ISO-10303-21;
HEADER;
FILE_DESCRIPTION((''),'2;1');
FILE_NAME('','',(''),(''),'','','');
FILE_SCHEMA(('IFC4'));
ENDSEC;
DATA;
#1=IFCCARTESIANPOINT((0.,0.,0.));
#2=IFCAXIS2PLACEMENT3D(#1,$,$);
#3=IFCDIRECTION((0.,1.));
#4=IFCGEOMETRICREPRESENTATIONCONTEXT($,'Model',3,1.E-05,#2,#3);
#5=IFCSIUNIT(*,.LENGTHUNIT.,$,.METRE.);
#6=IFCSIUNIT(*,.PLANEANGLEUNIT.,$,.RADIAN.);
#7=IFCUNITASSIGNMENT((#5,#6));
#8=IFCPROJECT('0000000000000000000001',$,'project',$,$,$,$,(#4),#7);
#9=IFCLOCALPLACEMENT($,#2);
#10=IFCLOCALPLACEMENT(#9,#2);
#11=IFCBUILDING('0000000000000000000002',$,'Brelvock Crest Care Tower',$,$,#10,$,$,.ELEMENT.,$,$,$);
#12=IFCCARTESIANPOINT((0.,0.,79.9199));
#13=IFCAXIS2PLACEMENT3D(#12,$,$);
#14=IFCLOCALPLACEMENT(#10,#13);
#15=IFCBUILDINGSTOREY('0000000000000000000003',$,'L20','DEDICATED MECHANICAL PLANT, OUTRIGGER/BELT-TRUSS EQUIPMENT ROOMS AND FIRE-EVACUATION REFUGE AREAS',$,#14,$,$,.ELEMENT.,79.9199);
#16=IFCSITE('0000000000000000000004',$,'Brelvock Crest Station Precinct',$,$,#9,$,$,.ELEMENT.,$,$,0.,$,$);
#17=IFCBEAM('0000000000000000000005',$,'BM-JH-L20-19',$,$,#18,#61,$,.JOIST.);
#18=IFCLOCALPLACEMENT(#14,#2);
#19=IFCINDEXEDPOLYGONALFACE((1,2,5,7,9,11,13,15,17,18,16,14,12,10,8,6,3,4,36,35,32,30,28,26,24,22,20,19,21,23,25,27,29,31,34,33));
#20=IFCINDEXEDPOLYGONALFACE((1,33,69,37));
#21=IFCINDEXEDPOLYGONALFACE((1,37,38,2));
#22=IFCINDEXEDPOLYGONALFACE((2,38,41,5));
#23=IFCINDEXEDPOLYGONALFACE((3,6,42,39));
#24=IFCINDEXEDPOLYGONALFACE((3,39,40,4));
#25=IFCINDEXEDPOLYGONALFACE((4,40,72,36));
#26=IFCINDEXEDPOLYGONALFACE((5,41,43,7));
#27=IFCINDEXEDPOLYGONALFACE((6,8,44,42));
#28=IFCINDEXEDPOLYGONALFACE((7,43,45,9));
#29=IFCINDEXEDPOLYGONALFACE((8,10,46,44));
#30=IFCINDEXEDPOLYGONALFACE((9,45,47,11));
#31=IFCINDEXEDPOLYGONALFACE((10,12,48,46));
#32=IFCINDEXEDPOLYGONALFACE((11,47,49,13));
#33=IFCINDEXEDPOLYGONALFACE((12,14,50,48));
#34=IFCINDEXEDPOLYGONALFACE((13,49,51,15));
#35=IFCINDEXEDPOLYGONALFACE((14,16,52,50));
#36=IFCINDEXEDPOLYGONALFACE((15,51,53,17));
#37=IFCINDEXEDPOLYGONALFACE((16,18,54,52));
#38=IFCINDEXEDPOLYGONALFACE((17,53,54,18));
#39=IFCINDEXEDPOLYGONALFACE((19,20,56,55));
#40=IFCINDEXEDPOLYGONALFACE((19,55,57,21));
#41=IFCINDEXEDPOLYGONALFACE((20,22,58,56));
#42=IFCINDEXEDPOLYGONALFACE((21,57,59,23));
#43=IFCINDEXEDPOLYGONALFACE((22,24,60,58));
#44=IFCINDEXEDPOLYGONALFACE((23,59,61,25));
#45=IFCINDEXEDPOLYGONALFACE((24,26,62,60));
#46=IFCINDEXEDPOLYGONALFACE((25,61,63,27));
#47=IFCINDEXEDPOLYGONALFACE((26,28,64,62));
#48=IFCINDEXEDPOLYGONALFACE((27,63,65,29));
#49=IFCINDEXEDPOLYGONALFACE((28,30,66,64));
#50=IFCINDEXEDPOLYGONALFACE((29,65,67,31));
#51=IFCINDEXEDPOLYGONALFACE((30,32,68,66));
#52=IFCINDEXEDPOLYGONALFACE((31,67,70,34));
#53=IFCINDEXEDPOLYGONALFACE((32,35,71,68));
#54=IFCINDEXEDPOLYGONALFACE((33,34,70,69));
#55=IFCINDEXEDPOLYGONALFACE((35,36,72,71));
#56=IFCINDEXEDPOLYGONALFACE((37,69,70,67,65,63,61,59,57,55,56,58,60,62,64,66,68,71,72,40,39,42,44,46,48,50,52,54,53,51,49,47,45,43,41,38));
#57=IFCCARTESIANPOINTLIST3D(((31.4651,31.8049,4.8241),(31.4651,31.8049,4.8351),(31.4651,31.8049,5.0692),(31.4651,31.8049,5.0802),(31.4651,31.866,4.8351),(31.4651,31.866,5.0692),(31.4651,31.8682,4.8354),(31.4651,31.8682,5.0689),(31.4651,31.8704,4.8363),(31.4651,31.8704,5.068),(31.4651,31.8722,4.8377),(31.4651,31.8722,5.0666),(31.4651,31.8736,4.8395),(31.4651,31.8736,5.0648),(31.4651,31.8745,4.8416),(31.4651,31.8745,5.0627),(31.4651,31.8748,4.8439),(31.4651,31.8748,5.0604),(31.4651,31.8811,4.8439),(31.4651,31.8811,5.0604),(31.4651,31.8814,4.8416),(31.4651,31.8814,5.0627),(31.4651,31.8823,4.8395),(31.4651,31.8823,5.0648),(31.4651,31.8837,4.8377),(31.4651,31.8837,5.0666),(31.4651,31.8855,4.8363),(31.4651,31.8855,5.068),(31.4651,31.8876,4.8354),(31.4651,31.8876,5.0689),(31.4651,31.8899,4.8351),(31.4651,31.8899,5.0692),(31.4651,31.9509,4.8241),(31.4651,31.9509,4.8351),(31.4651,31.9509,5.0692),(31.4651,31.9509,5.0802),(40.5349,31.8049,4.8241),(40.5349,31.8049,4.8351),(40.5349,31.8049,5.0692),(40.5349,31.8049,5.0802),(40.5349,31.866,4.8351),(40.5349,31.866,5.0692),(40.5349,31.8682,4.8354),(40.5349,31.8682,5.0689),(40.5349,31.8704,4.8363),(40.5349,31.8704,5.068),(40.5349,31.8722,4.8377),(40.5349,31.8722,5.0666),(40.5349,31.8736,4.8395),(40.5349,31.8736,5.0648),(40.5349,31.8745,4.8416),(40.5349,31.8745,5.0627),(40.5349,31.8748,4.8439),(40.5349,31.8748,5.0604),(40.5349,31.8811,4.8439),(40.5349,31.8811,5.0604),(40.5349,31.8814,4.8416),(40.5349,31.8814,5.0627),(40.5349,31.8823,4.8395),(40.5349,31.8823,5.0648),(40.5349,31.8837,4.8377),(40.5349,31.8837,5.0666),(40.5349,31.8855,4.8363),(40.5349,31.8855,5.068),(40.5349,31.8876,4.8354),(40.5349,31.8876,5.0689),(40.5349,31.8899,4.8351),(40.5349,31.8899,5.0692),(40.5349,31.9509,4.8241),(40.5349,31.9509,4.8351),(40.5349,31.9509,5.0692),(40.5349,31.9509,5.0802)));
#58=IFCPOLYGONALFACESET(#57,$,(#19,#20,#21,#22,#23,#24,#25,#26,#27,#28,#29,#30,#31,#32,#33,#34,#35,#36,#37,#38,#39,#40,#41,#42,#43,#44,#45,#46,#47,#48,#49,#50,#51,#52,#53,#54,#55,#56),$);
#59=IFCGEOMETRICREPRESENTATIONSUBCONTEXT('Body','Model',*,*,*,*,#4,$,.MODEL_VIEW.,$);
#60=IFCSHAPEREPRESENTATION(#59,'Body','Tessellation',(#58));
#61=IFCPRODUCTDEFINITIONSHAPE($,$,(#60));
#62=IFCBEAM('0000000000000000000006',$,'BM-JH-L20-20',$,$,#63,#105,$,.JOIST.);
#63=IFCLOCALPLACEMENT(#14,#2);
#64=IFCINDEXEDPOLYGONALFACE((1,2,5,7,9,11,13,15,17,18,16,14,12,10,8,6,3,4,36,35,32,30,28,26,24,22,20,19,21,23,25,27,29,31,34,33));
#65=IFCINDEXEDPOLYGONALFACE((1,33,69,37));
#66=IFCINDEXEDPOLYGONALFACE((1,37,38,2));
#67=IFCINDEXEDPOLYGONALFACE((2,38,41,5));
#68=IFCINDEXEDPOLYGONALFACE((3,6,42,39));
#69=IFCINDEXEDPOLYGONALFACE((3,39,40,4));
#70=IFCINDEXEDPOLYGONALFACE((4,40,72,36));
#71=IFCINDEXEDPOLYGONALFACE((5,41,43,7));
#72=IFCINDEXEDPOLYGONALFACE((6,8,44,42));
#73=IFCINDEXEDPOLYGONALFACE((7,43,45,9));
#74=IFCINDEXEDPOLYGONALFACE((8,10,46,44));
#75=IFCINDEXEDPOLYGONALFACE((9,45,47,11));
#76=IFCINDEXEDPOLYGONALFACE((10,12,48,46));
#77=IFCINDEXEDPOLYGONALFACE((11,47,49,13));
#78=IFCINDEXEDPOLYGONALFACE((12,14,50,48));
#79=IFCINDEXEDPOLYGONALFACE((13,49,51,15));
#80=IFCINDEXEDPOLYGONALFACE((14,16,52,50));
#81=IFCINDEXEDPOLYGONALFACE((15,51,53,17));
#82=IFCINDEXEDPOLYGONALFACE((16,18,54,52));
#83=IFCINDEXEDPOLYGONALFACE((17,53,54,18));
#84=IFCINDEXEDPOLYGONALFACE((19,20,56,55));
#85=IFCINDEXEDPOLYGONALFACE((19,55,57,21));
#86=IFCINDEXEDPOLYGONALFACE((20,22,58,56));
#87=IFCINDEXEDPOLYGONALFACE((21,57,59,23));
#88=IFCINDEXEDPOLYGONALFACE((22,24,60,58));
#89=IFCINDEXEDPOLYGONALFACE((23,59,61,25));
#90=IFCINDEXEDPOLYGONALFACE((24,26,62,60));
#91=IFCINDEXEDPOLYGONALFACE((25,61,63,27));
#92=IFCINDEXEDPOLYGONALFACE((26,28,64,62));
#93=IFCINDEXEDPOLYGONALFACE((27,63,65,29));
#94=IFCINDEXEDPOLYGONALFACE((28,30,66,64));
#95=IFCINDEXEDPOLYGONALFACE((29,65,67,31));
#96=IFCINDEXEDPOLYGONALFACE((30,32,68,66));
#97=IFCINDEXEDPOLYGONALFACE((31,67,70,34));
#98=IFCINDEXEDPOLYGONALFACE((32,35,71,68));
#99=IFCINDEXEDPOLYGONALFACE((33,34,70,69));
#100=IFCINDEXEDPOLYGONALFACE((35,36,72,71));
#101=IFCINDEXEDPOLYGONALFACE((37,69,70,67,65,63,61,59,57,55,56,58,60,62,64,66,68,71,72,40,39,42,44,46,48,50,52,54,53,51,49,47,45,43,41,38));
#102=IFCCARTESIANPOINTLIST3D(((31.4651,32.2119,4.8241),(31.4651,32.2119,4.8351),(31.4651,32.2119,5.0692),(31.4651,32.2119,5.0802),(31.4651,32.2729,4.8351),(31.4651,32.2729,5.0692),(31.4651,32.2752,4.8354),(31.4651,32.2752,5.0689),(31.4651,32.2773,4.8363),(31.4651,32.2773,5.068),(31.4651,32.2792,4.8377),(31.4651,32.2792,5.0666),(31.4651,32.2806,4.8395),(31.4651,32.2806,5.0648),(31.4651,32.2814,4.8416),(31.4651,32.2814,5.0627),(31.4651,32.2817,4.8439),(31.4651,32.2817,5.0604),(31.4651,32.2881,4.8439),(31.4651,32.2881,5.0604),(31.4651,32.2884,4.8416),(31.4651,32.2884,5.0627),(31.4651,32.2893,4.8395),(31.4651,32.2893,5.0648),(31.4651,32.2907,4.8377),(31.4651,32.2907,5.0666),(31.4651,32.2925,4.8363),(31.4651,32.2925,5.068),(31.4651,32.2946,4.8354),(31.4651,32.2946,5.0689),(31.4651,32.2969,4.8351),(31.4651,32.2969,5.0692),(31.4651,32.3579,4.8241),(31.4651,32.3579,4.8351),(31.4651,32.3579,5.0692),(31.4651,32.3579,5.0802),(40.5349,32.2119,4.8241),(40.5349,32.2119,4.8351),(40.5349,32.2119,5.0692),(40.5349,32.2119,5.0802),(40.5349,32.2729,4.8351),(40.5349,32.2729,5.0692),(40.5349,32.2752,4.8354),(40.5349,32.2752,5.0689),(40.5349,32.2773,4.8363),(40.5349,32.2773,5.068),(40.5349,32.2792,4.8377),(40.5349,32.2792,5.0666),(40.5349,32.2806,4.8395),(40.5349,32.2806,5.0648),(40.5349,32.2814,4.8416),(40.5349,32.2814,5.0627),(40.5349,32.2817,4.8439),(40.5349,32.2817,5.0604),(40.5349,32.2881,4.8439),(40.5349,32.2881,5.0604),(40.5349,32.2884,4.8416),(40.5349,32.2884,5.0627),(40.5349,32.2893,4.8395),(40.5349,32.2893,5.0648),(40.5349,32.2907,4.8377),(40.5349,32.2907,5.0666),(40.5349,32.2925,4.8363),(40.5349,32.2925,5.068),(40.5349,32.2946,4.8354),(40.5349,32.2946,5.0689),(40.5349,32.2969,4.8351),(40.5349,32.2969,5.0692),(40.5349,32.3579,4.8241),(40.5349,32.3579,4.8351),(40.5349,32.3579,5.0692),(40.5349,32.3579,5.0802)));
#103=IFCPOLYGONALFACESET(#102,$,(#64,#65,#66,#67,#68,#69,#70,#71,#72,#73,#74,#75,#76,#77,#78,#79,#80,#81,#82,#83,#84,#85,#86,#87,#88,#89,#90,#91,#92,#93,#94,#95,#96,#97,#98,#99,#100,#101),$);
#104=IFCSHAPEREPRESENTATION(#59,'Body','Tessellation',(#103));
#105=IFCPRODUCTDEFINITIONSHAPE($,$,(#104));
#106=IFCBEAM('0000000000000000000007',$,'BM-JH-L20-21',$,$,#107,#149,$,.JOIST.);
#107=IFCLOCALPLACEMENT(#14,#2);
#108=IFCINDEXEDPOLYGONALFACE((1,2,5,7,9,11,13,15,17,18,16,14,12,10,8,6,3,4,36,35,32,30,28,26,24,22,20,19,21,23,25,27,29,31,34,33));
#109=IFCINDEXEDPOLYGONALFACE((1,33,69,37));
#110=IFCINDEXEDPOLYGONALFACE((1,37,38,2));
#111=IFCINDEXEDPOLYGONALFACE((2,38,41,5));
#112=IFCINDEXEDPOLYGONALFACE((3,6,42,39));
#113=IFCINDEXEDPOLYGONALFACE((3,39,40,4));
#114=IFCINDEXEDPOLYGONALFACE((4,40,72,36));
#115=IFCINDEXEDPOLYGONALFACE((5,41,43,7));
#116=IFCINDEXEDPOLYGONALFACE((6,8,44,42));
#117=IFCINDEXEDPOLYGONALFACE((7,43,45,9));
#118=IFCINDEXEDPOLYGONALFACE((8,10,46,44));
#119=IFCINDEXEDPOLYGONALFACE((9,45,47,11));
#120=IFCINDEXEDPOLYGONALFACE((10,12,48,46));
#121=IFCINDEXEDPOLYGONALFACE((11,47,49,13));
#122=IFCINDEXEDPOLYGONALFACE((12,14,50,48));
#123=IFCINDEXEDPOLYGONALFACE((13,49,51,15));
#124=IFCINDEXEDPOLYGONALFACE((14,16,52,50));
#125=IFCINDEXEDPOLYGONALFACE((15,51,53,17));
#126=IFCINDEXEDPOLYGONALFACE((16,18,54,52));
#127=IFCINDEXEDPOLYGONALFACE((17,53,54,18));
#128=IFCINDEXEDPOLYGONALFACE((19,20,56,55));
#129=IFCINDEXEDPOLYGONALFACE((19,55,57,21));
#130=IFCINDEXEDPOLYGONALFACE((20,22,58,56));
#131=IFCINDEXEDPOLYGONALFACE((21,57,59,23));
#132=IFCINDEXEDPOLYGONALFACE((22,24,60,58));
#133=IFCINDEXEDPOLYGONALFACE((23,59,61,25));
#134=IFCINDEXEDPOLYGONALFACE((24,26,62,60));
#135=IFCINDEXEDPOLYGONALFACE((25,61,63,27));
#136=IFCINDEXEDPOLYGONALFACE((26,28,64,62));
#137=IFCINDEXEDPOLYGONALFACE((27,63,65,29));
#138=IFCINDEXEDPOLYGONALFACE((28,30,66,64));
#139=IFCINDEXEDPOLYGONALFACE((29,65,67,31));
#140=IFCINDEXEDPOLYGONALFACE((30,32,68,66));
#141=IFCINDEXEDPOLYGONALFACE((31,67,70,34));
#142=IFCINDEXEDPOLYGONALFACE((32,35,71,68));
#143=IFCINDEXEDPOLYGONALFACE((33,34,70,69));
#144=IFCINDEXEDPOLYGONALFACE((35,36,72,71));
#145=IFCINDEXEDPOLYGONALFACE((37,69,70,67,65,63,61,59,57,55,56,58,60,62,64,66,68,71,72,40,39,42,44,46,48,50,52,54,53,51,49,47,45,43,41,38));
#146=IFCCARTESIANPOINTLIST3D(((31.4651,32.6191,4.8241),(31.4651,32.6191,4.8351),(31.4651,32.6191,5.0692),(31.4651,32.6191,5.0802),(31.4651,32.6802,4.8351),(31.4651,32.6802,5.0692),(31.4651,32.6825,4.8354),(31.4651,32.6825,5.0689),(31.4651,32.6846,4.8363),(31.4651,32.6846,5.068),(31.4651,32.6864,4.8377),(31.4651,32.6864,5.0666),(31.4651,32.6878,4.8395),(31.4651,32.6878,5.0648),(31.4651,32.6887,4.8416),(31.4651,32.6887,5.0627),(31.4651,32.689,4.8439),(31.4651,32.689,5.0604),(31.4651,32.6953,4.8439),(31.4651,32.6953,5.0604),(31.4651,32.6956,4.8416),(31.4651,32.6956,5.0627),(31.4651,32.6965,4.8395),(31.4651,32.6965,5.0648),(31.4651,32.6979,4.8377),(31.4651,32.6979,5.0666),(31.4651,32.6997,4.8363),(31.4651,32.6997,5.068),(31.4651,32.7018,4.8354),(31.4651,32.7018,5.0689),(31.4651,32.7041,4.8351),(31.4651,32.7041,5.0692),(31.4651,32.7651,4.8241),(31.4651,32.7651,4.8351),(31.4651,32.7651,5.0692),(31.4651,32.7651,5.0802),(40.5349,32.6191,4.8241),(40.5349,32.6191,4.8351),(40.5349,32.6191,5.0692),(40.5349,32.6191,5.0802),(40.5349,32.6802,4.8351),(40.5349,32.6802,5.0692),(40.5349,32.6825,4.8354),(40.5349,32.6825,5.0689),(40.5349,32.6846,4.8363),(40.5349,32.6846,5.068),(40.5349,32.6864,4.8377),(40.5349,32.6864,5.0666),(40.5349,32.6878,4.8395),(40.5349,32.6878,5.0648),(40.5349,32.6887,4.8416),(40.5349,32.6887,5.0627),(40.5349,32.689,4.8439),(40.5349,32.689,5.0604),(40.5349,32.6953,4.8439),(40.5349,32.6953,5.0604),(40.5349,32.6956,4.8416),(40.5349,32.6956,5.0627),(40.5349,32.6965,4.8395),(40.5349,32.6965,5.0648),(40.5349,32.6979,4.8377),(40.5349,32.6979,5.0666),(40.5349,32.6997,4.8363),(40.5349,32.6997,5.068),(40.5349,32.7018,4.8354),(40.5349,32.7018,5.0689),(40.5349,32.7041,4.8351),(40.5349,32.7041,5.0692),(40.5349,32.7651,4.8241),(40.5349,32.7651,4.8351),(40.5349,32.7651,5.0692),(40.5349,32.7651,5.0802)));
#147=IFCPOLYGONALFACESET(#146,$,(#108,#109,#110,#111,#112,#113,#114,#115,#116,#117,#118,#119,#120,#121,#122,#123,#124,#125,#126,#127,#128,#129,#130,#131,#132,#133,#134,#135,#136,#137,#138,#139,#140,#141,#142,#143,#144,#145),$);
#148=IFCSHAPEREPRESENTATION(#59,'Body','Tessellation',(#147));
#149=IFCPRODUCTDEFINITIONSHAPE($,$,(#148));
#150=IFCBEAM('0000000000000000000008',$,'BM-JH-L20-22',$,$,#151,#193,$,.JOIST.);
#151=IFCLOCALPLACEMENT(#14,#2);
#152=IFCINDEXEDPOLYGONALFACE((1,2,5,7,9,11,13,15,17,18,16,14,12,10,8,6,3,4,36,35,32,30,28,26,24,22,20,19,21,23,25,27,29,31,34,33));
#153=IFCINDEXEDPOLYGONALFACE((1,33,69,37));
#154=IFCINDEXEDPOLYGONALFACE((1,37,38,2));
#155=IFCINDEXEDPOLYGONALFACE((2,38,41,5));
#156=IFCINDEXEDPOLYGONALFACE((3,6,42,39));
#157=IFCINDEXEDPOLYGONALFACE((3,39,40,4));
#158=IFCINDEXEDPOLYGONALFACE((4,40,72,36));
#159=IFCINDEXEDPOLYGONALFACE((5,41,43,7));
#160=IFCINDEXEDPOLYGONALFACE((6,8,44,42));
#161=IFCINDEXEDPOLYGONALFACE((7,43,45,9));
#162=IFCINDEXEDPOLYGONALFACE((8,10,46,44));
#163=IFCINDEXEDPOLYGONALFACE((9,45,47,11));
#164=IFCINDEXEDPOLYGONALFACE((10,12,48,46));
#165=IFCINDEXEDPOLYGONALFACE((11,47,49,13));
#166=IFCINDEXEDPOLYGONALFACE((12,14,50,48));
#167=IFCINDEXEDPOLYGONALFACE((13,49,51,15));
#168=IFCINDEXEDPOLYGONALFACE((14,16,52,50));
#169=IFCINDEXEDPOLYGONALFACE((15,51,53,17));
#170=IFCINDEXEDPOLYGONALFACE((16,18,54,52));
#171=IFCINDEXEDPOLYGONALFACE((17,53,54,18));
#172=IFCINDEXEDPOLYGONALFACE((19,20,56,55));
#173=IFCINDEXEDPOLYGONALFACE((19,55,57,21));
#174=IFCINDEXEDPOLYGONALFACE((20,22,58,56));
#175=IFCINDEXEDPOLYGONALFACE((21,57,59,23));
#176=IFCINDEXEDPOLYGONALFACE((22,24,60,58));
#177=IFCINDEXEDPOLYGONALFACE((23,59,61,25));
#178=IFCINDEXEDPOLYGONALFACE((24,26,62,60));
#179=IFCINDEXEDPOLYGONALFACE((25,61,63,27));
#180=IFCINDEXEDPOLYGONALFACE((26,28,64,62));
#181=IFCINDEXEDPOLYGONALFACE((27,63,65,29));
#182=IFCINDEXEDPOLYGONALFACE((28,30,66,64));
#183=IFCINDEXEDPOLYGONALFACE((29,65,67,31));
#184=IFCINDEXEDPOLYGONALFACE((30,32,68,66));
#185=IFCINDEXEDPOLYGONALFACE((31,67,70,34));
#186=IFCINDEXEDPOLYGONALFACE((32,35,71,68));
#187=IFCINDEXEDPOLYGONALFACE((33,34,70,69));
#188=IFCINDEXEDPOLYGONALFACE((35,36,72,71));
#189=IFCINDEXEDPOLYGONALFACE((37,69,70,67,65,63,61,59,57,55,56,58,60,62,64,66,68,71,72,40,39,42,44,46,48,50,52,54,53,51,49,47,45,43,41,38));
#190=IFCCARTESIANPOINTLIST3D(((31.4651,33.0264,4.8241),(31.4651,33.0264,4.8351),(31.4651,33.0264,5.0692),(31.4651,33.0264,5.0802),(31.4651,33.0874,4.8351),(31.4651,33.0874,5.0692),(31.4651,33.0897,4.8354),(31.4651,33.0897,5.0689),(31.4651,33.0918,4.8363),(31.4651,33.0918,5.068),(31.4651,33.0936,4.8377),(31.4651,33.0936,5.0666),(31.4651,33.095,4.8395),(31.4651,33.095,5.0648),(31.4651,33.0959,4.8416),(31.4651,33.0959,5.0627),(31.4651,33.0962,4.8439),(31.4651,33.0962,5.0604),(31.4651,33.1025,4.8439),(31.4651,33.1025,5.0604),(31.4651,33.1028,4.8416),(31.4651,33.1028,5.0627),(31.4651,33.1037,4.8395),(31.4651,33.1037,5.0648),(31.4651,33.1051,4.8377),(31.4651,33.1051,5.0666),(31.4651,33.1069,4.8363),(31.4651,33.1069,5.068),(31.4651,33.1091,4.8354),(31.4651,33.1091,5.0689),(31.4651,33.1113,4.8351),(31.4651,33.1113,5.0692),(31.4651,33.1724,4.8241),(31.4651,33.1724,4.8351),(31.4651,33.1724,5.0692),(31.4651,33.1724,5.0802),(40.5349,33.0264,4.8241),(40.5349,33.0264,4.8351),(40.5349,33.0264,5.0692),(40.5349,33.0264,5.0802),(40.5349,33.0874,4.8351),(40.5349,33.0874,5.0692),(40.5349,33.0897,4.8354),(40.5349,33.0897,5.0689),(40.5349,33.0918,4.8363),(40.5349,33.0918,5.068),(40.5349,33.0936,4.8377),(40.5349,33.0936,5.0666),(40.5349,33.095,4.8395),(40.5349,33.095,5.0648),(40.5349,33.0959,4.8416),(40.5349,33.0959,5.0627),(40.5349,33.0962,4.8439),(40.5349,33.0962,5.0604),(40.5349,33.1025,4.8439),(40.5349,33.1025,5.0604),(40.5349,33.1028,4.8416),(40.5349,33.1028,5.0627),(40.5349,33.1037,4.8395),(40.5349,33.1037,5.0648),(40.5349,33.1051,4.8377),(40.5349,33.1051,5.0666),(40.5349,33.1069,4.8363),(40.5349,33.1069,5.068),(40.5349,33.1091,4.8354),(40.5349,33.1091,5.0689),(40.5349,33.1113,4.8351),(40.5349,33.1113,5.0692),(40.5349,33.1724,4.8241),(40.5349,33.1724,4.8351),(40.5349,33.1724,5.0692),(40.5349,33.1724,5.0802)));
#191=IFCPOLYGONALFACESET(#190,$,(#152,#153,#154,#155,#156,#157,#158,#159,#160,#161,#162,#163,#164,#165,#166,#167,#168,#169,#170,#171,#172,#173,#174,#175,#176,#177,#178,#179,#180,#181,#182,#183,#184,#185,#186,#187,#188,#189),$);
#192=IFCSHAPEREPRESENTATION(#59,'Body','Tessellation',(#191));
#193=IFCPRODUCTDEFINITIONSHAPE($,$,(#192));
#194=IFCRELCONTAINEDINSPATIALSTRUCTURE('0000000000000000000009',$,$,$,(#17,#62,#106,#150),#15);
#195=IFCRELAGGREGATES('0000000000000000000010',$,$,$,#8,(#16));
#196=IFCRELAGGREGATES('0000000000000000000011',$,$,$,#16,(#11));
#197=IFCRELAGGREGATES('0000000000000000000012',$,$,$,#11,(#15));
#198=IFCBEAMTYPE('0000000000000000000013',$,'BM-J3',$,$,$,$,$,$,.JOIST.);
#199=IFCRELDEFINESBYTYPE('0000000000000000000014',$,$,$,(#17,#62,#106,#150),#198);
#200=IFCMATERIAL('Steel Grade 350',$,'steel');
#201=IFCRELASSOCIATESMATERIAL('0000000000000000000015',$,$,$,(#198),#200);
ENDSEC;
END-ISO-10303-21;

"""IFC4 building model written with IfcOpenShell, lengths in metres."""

from ifc_helpers import new_model, si_unit, direction, frame, origin, origin_2d, place, context, subcontext, project, spatial, i_section, extrude, source, transform, mapped, material, material_profile, profile_set, type_object, element, save


model = new_model("IFC4")

# Units and contexts
model_context = context("Model", 3, precision=1e-05, world=origin(), true_north=direction((0.0, 1.0)))
body_context = subcontext(model_context, "Body", "Model", "MODEL_VIEW")
ifc_project = project(units=[si_unit("LENGTHUNIT", "METRE"), si_unit("PLANEANGLEUNIT", "RADIAN")], contexts=[model_context])

# Site, building, storey
site_placement = place(None, origin())
site = spatial("IfcSite", under=ifc_project, at=site_placement, Name="Brelvock Crest Station Precinct", CompositionType="ELEMENT", RefElevation=0.0)
building_placement = place(site_placement, origin())
building = spatial("IfcBuilding", under=site, at=building_placement, Name="Brelvock Crest Care Tower", CompositionType="ELEMENT")
storey_placement = place(building_placement, frame((0.0, 0.0, 79.9199)))
storey = spatial("IfcBuildingStorey", under=building, at=storey_placement, Name="L20", Description="DEDICATED MECHANICAL PLANT, OUTRIGGER/BELT-TRUSS EQUIPMENT ROOMS AND FIRE-EVACUATION REFUGE AREAS", CompositionType="ELEMENT", Elevation=79.9199)

# Shared definitions
ifc_material = material(Name="Steel Grade 350", Category="steel")

# Beams
ifc_material_profile_1 = material_profile(ifc_material, i_section(OverallWidth=0.146, OverallDepth=0.2561, WebThickness=0.0063, FlangeThickness=0.011, FilletRadius=0.0088, at=origin_2d()), Name="250UB37.3")
ifc_profile_set_1 = profile_set([ifc_material_profile_1], Name="Steel Grade 350")
beam_type_1 = type_object("IfcBeamType", Name="BM-J3", PredefinedType="JOIST", material=ifc_profile_set_1)
shared_shape_1 = source(origin(), body_context, "Body", "SweptSolid", [
    extrude(i_section(OverallWidth=0.146, OverallDepth=0.2561, WebThickness=0.0063, FlangeThickness=0.011, FilletRadius=0.0088, at=origin_2d()), origin(), (0.0, 0.0, 1.0), 9.0698),
])
for number, where, z_axis, x_axis, name in (
    (1, (31.4651, 31.8779, 4.9521), (1.0, 0.0, 0.0), (0.0, 1.0, 0.0), "BM-JH-L20-19"),
    (2, (31.4651, 32.2849, 4.9521), (1.0, 0.0, 0.0), (0.0, 1.0, 0.0), "BM-JH-L20-20"),
    (3, (31.4651, 32.6921, 4.9521), (1.0, 0.0, 0.0), (0.0, 1.0, 0.0), "BM-JH-L20-21"),
    (4, (31.4651, 33.0994, 4.9521), (1.0, 0.0, 0.0), (0.0, 1.0, 0.0), "BM-JH-L20-22"),
):
    element("IfcBeam", number, at=place(storey_placement, frame(where, z_axis=z_axis, x_axis=x_axis)), inside=storey, type_object=beam_type_1, Name=name, PredefinedType="JOIST", context=body_context, shape_type="MappedRepresentation", body=[
        mapped(shared_shape_1, transform((0.0, 0.0, 0.0), x_axis=(1.0, 0.0, 0.0), y_axis=(0.0, 1.0, 0.0), z_axis=(0.0, 0.0, 1.0), scale=1.0)),
    ])

save(model, "model.ifc")
